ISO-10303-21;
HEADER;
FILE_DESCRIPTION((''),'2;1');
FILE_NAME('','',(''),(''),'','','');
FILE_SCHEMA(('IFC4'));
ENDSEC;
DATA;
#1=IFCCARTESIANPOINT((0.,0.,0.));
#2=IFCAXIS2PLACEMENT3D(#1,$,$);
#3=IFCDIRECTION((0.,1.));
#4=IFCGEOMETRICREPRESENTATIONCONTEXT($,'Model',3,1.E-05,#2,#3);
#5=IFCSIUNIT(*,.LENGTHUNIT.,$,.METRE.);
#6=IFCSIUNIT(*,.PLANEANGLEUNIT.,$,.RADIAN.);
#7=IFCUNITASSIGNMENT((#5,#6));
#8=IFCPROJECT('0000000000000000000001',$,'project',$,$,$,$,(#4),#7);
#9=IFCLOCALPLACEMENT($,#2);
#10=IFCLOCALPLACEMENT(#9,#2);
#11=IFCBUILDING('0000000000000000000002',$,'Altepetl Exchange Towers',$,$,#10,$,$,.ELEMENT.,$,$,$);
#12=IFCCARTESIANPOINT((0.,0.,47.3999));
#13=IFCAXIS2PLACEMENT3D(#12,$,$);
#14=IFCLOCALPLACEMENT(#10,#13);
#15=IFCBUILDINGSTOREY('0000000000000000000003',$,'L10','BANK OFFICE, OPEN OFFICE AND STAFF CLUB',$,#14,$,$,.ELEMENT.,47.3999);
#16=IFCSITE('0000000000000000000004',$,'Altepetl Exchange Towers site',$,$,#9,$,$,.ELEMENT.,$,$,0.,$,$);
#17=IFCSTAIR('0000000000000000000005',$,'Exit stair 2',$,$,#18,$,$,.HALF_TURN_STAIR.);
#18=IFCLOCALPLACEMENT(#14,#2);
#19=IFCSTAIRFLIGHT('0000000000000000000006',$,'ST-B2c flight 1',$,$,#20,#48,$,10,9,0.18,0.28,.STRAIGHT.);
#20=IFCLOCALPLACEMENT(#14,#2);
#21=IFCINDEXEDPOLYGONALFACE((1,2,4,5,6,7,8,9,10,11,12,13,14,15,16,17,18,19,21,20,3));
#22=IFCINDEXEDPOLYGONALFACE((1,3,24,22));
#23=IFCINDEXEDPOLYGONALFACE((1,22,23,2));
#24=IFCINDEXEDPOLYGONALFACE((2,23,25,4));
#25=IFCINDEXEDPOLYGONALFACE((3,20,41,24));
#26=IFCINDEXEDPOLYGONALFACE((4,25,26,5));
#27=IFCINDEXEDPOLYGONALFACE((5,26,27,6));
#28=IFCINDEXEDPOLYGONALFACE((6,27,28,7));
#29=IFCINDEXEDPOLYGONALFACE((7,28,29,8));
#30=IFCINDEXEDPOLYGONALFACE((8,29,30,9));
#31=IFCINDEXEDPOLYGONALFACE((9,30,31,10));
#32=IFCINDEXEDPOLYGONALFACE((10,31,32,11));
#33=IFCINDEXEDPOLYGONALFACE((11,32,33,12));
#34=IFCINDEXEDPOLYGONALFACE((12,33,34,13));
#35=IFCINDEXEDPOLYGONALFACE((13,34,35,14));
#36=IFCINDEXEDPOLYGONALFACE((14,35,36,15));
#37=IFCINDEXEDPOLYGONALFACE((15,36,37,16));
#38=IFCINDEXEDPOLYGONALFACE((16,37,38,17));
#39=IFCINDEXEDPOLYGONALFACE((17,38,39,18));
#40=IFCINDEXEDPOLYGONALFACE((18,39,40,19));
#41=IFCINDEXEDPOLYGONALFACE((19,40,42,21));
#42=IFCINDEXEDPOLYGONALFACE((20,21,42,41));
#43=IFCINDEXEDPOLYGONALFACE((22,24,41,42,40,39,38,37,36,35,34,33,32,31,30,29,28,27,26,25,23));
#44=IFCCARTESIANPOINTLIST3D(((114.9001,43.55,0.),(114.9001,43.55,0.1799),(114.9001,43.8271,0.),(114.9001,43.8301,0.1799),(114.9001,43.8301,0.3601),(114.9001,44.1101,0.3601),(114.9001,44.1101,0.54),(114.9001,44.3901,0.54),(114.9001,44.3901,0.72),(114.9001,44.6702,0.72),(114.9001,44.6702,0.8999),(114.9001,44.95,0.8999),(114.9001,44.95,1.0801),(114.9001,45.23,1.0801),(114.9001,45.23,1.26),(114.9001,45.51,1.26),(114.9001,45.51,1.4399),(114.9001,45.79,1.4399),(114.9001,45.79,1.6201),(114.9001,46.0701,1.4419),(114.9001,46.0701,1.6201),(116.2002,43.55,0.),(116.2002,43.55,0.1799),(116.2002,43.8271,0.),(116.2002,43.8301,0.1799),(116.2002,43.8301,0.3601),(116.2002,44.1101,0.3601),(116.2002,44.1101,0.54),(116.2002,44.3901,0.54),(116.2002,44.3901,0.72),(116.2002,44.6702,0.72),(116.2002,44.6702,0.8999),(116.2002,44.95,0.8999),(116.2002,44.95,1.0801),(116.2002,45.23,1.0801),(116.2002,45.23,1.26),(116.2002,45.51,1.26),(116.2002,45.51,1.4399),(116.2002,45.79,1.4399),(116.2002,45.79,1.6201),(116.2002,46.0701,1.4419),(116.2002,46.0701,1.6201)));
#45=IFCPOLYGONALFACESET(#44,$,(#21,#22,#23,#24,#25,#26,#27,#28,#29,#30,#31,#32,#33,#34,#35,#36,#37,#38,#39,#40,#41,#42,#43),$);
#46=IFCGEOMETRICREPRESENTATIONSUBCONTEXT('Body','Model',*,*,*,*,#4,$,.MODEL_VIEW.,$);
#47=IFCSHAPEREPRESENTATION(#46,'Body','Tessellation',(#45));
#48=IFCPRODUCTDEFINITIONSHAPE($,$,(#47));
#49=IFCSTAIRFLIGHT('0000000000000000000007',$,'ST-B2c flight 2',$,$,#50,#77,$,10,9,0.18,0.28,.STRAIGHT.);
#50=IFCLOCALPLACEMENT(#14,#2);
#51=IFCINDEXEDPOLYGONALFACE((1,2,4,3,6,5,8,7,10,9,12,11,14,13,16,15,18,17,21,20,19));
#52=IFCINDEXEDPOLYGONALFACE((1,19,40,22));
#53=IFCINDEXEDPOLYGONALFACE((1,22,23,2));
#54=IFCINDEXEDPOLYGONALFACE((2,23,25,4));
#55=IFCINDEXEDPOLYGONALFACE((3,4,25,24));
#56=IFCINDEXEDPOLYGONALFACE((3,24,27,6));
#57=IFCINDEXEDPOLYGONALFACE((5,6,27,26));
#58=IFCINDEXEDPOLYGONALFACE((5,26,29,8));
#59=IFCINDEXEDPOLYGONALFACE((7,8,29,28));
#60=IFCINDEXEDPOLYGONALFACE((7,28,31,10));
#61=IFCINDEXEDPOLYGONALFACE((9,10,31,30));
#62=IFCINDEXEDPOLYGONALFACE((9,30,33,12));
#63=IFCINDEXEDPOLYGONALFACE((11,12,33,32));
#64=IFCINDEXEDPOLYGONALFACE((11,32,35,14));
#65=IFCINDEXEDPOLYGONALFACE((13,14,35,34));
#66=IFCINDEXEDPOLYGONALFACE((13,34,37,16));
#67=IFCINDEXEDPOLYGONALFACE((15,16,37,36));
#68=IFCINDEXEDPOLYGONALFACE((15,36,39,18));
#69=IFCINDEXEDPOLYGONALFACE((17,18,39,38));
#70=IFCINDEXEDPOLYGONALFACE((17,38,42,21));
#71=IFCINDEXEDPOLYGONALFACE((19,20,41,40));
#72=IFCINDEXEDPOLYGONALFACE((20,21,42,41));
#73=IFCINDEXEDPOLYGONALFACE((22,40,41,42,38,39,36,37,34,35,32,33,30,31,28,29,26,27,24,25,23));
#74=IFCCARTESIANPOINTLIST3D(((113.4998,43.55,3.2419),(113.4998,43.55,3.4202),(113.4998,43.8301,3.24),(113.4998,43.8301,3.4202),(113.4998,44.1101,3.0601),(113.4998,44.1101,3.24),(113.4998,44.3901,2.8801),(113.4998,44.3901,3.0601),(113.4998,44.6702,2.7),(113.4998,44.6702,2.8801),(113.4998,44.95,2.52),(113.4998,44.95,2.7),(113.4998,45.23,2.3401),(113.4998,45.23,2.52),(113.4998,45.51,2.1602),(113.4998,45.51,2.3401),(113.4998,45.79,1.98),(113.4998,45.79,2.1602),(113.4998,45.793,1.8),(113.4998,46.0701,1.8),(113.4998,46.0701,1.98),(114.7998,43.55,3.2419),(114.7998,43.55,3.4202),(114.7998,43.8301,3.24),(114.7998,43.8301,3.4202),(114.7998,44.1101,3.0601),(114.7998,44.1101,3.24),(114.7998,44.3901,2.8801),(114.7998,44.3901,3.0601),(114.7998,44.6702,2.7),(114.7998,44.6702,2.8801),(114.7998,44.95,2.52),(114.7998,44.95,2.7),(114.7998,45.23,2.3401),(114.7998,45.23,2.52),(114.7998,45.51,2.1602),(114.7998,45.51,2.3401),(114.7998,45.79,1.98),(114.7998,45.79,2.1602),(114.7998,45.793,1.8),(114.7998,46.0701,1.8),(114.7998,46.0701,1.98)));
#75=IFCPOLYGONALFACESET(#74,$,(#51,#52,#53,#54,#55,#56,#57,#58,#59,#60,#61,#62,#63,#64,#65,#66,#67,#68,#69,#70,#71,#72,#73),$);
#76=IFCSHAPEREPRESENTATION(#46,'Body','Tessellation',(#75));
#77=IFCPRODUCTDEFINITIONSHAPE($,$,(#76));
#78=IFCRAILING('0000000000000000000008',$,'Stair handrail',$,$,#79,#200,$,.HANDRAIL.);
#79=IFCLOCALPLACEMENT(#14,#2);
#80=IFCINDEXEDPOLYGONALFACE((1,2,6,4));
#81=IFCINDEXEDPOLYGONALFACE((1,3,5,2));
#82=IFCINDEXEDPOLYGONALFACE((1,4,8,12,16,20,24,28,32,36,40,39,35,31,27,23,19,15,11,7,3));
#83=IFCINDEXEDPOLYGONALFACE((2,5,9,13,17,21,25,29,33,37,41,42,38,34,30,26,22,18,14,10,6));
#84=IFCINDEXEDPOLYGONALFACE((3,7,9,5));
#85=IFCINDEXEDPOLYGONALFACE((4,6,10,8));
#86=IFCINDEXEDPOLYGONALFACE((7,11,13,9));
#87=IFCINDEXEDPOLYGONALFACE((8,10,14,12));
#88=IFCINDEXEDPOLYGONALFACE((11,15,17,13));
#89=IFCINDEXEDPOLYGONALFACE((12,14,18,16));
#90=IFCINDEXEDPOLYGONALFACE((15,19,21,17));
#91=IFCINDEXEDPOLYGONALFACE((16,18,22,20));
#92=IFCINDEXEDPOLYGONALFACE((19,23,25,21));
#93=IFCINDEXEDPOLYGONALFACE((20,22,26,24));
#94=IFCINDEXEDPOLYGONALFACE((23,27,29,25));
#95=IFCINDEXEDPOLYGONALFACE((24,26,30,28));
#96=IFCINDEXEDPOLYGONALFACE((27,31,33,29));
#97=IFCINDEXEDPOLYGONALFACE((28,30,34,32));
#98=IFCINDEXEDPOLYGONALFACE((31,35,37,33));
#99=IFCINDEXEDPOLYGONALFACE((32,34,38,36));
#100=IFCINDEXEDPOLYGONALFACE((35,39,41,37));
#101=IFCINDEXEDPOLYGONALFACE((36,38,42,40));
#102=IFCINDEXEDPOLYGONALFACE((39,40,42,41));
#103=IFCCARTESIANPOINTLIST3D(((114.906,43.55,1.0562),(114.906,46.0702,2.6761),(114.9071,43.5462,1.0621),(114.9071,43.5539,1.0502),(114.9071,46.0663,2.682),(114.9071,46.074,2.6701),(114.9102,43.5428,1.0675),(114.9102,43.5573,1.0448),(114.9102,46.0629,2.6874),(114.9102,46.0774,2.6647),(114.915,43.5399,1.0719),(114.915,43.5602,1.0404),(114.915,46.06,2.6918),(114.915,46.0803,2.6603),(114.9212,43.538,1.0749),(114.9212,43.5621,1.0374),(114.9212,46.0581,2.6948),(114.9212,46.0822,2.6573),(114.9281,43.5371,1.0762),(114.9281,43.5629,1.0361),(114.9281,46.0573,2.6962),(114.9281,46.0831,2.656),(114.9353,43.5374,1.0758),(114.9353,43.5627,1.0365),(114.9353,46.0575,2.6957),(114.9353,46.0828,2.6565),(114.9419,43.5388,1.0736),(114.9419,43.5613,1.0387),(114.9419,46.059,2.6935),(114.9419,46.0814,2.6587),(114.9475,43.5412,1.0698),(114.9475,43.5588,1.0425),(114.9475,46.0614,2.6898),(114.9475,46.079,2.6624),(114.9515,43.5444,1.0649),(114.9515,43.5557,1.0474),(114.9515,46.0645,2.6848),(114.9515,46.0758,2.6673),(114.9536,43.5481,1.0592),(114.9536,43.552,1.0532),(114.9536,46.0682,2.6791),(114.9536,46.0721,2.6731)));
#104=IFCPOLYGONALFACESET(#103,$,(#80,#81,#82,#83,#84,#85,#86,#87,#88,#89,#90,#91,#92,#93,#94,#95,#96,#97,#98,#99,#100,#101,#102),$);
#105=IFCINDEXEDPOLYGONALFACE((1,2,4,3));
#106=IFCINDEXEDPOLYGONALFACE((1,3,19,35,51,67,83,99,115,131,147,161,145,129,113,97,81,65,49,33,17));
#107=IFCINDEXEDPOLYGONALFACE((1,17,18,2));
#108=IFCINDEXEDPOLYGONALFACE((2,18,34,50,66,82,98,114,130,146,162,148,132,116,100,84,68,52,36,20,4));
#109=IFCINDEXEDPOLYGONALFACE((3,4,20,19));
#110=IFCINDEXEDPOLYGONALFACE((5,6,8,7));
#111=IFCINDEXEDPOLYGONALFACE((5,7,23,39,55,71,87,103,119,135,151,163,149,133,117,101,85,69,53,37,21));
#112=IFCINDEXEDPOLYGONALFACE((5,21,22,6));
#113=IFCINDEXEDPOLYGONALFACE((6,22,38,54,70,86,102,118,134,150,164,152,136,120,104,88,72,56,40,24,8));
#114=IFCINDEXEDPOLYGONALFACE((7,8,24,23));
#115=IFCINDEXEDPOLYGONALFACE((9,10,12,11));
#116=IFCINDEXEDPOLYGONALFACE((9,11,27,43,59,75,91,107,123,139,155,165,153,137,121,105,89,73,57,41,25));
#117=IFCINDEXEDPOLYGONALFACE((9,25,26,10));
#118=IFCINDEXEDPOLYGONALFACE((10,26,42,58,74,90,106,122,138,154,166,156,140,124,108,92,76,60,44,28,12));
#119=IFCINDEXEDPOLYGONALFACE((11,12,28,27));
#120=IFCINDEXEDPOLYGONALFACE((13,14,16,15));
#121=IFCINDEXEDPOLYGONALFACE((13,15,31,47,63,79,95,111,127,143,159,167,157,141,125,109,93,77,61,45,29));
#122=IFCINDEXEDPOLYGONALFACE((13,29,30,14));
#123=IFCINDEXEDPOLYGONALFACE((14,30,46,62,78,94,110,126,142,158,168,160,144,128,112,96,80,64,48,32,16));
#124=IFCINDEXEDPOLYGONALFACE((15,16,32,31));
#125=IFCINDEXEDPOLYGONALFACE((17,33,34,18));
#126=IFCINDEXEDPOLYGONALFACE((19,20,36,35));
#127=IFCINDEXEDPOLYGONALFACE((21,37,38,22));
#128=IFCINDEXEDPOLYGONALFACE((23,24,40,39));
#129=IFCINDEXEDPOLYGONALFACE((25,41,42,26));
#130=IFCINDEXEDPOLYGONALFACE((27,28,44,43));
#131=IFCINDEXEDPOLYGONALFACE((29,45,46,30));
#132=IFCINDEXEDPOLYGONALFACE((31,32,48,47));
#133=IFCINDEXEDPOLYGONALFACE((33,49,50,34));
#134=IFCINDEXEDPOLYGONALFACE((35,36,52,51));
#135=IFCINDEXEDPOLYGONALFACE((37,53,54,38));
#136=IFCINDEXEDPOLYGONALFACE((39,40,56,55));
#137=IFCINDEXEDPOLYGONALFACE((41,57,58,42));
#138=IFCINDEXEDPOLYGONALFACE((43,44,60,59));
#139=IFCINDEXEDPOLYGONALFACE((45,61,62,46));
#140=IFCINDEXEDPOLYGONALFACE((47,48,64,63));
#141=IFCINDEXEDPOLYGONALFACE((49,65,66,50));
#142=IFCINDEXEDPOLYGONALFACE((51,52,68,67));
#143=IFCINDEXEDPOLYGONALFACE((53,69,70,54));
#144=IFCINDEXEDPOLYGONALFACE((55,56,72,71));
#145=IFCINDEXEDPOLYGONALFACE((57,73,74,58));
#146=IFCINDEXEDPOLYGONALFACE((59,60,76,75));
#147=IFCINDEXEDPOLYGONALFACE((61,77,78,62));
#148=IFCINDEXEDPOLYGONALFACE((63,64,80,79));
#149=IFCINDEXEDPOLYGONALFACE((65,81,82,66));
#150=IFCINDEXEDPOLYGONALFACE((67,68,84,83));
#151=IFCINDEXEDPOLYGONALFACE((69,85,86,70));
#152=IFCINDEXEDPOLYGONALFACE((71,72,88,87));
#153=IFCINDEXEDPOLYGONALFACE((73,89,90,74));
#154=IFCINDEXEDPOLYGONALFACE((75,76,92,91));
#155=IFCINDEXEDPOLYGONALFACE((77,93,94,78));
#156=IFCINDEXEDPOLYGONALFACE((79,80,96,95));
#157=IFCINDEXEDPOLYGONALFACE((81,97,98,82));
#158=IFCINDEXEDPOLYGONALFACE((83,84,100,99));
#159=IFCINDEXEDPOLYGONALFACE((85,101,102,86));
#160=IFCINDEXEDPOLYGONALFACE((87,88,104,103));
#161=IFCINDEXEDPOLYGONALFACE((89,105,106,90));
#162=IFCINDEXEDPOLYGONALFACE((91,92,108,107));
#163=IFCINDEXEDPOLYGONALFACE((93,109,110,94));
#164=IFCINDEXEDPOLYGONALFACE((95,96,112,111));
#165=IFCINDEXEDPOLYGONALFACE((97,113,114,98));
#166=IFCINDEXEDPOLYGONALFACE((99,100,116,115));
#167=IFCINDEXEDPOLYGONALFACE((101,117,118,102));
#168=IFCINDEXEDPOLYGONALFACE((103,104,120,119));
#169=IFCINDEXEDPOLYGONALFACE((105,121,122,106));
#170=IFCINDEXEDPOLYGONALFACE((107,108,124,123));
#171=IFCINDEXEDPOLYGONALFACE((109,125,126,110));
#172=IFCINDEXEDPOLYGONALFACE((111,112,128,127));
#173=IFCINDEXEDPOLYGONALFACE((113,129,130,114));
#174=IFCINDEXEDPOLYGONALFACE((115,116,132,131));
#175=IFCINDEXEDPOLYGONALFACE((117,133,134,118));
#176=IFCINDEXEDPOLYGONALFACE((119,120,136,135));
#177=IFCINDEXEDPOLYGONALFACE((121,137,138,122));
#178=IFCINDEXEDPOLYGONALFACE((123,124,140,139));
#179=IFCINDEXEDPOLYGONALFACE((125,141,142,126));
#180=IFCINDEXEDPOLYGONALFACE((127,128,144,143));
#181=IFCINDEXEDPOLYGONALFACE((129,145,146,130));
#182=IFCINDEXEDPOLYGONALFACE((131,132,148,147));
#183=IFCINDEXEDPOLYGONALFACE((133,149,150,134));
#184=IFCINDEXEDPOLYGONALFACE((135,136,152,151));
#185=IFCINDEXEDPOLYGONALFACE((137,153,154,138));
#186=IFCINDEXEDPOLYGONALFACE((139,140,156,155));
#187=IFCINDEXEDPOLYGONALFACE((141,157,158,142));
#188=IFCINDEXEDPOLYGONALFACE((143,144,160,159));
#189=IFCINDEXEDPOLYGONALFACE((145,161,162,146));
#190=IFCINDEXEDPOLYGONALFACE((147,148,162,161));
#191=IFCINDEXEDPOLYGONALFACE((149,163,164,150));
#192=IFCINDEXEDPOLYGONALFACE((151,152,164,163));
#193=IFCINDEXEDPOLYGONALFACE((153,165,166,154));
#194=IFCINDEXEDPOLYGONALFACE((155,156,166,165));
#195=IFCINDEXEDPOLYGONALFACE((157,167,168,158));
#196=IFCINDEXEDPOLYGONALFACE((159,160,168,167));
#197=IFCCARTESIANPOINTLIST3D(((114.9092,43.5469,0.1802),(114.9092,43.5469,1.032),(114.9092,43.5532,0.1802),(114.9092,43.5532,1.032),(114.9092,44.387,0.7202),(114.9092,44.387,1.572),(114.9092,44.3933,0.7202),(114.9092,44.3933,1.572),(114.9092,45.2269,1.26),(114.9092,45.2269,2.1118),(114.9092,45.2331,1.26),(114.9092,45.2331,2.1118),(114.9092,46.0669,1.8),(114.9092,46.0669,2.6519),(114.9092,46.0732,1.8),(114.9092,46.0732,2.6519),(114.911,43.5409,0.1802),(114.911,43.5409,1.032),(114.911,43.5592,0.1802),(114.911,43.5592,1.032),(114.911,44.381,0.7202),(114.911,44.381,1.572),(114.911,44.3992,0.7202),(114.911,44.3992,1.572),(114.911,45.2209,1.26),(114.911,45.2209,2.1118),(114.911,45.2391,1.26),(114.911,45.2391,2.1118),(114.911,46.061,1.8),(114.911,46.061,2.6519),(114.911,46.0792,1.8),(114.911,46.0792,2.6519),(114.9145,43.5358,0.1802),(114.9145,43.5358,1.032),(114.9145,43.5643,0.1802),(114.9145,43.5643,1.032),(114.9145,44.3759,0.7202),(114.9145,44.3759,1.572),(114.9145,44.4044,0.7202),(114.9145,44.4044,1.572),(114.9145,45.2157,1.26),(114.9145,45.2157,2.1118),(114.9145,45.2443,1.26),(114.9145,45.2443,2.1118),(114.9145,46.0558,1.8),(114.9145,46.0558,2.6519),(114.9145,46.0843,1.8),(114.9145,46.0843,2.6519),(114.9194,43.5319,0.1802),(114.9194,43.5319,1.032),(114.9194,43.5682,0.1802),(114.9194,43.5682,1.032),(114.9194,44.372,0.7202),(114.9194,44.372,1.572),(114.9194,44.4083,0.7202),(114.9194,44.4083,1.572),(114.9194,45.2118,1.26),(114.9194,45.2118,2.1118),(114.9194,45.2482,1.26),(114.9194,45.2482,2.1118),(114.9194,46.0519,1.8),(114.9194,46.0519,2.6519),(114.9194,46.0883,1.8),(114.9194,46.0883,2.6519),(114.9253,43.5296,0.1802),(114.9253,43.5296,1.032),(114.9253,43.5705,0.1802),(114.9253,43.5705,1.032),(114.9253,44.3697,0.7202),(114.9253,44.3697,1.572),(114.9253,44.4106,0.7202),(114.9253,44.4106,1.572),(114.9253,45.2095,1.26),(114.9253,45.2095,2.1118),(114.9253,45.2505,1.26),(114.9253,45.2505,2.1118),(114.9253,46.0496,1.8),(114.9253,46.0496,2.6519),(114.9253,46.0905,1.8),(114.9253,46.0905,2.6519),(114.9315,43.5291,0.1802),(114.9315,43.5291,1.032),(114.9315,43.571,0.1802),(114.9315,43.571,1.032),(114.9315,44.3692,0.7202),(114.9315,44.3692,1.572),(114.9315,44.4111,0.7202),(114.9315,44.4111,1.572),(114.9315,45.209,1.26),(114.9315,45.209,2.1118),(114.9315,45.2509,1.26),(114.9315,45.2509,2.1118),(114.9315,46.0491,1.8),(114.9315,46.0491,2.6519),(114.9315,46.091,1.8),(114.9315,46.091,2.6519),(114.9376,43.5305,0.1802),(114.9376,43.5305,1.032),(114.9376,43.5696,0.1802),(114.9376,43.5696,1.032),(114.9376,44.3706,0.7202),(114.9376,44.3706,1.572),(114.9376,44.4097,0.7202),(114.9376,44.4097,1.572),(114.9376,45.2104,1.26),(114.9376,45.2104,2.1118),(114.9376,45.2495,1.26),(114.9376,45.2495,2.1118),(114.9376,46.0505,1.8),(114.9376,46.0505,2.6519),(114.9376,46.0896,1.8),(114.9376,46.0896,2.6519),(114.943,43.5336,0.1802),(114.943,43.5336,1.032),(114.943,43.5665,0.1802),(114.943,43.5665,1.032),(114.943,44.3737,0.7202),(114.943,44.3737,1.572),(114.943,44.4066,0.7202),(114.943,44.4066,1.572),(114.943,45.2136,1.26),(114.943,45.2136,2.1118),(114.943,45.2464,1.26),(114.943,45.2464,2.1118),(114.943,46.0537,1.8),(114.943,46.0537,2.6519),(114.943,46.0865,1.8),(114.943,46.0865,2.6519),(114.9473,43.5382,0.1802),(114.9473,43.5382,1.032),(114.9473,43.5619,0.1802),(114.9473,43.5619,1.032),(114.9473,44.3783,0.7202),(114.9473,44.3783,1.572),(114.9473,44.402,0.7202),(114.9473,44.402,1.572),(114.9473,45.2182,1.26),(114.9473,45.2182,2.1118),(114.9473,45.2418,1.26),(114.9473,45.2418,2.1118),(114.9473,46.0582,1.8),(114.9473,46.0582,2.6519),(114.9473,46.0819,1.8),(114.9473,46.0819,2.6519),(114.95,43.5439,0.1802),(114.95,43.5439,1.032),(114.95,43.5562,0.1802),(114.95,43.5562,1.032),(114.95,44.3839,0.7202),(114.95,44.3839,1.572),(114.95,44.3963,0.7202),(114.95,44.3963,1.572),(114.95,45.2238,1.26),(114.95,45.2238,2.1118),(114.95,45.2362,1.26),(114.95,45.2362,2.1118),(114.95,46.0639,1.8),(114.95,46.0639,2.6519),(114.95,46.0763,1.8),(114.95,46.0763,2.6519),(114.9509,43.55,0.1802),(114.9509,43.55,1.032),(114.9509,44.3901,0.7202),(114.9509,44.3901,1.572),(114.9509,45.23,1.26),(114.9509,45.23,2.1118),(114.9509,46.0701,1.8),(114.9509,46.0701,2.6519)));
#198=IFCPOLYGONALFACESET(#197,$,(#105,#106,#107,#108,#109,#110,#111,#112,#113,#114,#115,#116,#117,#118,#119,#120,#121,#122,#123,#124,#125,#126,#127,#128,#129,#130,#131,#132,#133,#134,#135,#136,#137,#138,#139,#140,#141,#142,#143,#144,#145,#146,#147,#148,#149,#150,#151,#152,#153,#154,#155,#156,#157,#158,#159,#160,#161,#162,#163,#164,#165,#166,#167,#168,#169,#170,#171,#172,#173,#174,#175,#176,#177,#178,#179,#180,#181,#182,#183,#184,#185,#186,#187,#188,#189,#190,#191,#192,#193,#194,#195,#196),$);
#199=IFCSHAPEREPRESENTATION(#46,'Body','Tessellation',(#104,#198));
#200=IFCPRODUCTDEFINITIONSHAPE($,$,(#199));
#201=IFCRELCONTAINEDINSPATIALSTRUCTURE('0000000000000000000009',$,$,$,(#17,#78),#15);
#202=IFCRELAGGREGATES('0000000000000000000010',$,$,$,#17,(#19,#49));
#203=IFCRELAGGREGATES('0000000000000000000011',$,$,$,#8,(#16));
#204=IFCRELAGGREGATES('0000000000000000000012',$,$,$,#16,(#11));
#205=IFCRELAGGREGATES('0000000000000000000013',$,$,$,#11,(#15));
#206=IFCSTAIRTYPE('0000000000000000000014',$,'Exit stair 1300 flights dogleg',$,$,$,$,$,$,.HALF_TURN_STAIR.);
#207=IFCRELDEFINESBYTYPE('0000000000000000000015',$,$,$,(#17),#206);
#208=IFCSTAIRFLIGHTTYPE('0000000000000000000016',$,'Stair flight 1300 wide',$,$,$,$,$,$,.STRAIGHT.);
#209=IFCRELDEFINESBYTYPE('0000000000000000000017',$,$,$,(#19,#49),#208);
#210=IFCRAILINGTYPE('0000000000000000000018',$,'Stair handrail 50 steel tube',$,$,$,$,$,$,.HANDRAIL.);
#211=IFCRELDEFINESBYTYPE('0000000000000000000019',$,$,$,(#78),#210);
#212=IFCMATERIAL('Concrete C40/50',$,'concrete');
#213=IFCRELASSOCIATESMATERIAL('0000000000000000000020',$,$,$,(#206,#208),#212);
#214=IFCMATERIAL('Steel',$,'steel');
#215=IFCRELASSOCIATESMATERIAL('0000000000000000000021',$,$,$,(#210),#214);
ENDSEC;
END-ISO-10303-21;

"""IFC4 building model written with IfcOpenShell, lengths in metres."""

from ifc_helpers import new_model, si_unit, direction, frame, origin, origin_2d, place, context, subcontext, project, spatial, polyline, circle, outline, extrude, source, transform, mapped, material, type_object, element, aggregate, save


model = new_model("IFC4")

# Units and contexts
model_context = context("Model", 3, precision=1e-05, world=origin(), true_north=direction((0.0, 1.0)))
body_context = subcontext(model_context, "Body", "Model", "MODEL_VIEW")
ifc_project = project(units=[si_unit("LENGTHUNIT", "METRE"), si_unit("PLANEANGLEUNIT", "RADIAN")], contexts=[model_context])

# Site, building, storey
site_placement = place(None, origin())
site = spatial("IfcSite", under=ifc_project, at=site_placement, Name="Altepetl Exchange Towers site", CompositionType="ELEMENT", RefElevation=0.0)
building_placement = place(site_placement, origin())
building = spatial("IfcBuilding", under=site, at=building_placement, Name="Altepetl Exchange Towers", CompositionType="ELEMENT")
storey_placement = place(building_placement, frame((0.0, 0.0, 47.3999)))
storey = spatial("IfcBuildingStorey", under=building, at=storey_placement, Name="L10", Description="BANK OFFICE, OPEN OFFICE AND STAFF CLUB", CompositionType="ELEMENT", Elevation=47.3999)

# Shared definitions
ifc_material_1 = material(Name="Concrete C40/50", Category="concrete")

# Stair, stair flights
stair_type = type_object("IfcStairType", Name="Exit stair 1300 flights dogleg", PredefinedType="HALF_TURN_STAIR", material=ifc_material_1)
stair_placement = place(storey_placement, origin())
stair = element("IfcStair", 1, at=stair_placement, inside=storey, type_object=stair_type, Name="Exit stair 2", PredefinedType="HALF_TURN_STAIR")
stair_flight_type = type_object("IfcStairFlightType", Name="Stair flight 1300 wide", PredefinedType="STRAIGHT", material=ifc_material_1)
stair_flight_1_placement = place(storey_placement, frame((115.55, 43.55, 0.0), z_axis=(0.0, 0.0, 1.0), x_axis=(0.0, 1.0, 0.0)))
stair_flight_1 = element("IfcStairFlight", 2, at=stair_flight_1_placement, type_object=stair_flight_type, Name="ST-B2c flight 1", NumberOfRisers=10, NumberOfTreads=9, PredefinedType="STRAIGHT", RiserHeight=0.18, TreadLength=0.28, context=body_context, shape_type="SweptSolid", body=[
    extrude(outline(polyline([(0.0, 0.0), (0.0, 0.1799), (0.28, 0.1799), (0.28, 0.3601), (0.5601, 0.3601), (0.5601, 0.54), (0.8401, 0.54), (0.8401, 0.72), (1.1201, 0.72), (1.1201, 0.8999), (1.3999, 0.8999), (1.3999, 1.0801), (1.6799, 1.0801), (1.6799, 1.26), (1.96, 1.26), (1.96, 1.4399), (2.24, 1.4399), (2.24, 1.6201), (2.52, 1.6201), (2.52, 1.8), (2.52, 1.4419), (0.2771, 0.0), (0.0, 0.0)])), frame((0.0, 0.6499, 0.0), z_axis=(0.0, -1.0, 0.0), x_axis=(1.0, 0.0, 0.0)), (0.0, 0.0, 1.0), 1.3),
])
stair_flight_2_placement = place(storey_placement, frame((114.1499, 46.0701, 1.8), z_axis=(0.0, 0.0, 1.0), x_axis=(0.0, -1.0, 0.0)))
stair_flight_2 = element("IfcStairFlight", 3, at=stair_flight_2_placement, type_object=stair_flight_type, Name="ST-B2c flight 2", NumberOfRisers=10, NumberOfTreads=9, PredefinedType="STRAIGHT", RiserHeight=0.18, TreadLength=0.28, context=body_context, shape_type="SweptSolid", body=[
    extrude(outline(polyline([(0.0, 0.0), (0.0, 0.1799), (0.28, 0.1799), (0.28, 0.3601), (0.5601, 0.3601), (0.5601, 0.54), (0.8401, 0.54), (0.8401, 0.72), (1.1201, 0.72), (1.1201, 0.8999), (1.3999, 0.8999), (1.3999, 1.0801), (1.6799, 1.0801), (1.6799, 1.26), (1.96, 1.26), (1.96, 1.4399), (2.24, 1.4399), (2.24, 1.6201), (2.52, 1.6201), (2.52, 1.8), (2.52, 1.4419), (0.2771, 0.0), (0.0, 0.0)])), frame((0.0, 0.6499, 0.0), z_axis=(0.0, -1.0, 0.0), x_axis=(1.0, 0.0, 0.0)), (0.0, 0.0, 1.0), 1.3),
])
aggregate(stair, [stair_flight_1, stair_flight_2])

# Railing
ifc_material_2 = material(Name="Steel", Category="steel")
railing_type = type_object("IfcRailingType", Name="Stair handrail 50 steel tube", PredefinedType="HANDRAIL", material=ifc_material_2)
shared_shape = source(origin(), body_context, "Body", "SweptSolid", [
    extrude(circle(Radius=0.021, at=origin_2d()), origin(), (0.0, 0.0, 1.0), 0.8518),
])
railing_1_placement = place(storey_placement, frame((114.9299, 43.55, 0.1802)))
element("IfcRailing", 4, at=railing_1_placement, inside=storey, type_object=railing_type, Name="Stair handrail", PredefinedType="HANDRAIL", context=body_context, shape_type="SweptSolid", body=[
    extrude(circle(Radius=0.0239, at=origin_2d()), frame((0.0, 0.0, 0.876), z_axis=(0.0, 0.8412, 0.540725), x_axis=(-1.0, 0.0, 0.0)), (0.0, 0.0, 1.0), 2.9958),
    mapped(shared_shape, transform((0.0, 0.0, 0.0))),
    mapped(shared_shape, transform((0.0, 0.8401, 0.54))),
    mapped(shared_shape, transform((0.0, 1.6799, 1.0798))),
    mapped(shared_shape, transform((0.0, 2.52, 1.6199))),
])

save(model, "model.ifc")
